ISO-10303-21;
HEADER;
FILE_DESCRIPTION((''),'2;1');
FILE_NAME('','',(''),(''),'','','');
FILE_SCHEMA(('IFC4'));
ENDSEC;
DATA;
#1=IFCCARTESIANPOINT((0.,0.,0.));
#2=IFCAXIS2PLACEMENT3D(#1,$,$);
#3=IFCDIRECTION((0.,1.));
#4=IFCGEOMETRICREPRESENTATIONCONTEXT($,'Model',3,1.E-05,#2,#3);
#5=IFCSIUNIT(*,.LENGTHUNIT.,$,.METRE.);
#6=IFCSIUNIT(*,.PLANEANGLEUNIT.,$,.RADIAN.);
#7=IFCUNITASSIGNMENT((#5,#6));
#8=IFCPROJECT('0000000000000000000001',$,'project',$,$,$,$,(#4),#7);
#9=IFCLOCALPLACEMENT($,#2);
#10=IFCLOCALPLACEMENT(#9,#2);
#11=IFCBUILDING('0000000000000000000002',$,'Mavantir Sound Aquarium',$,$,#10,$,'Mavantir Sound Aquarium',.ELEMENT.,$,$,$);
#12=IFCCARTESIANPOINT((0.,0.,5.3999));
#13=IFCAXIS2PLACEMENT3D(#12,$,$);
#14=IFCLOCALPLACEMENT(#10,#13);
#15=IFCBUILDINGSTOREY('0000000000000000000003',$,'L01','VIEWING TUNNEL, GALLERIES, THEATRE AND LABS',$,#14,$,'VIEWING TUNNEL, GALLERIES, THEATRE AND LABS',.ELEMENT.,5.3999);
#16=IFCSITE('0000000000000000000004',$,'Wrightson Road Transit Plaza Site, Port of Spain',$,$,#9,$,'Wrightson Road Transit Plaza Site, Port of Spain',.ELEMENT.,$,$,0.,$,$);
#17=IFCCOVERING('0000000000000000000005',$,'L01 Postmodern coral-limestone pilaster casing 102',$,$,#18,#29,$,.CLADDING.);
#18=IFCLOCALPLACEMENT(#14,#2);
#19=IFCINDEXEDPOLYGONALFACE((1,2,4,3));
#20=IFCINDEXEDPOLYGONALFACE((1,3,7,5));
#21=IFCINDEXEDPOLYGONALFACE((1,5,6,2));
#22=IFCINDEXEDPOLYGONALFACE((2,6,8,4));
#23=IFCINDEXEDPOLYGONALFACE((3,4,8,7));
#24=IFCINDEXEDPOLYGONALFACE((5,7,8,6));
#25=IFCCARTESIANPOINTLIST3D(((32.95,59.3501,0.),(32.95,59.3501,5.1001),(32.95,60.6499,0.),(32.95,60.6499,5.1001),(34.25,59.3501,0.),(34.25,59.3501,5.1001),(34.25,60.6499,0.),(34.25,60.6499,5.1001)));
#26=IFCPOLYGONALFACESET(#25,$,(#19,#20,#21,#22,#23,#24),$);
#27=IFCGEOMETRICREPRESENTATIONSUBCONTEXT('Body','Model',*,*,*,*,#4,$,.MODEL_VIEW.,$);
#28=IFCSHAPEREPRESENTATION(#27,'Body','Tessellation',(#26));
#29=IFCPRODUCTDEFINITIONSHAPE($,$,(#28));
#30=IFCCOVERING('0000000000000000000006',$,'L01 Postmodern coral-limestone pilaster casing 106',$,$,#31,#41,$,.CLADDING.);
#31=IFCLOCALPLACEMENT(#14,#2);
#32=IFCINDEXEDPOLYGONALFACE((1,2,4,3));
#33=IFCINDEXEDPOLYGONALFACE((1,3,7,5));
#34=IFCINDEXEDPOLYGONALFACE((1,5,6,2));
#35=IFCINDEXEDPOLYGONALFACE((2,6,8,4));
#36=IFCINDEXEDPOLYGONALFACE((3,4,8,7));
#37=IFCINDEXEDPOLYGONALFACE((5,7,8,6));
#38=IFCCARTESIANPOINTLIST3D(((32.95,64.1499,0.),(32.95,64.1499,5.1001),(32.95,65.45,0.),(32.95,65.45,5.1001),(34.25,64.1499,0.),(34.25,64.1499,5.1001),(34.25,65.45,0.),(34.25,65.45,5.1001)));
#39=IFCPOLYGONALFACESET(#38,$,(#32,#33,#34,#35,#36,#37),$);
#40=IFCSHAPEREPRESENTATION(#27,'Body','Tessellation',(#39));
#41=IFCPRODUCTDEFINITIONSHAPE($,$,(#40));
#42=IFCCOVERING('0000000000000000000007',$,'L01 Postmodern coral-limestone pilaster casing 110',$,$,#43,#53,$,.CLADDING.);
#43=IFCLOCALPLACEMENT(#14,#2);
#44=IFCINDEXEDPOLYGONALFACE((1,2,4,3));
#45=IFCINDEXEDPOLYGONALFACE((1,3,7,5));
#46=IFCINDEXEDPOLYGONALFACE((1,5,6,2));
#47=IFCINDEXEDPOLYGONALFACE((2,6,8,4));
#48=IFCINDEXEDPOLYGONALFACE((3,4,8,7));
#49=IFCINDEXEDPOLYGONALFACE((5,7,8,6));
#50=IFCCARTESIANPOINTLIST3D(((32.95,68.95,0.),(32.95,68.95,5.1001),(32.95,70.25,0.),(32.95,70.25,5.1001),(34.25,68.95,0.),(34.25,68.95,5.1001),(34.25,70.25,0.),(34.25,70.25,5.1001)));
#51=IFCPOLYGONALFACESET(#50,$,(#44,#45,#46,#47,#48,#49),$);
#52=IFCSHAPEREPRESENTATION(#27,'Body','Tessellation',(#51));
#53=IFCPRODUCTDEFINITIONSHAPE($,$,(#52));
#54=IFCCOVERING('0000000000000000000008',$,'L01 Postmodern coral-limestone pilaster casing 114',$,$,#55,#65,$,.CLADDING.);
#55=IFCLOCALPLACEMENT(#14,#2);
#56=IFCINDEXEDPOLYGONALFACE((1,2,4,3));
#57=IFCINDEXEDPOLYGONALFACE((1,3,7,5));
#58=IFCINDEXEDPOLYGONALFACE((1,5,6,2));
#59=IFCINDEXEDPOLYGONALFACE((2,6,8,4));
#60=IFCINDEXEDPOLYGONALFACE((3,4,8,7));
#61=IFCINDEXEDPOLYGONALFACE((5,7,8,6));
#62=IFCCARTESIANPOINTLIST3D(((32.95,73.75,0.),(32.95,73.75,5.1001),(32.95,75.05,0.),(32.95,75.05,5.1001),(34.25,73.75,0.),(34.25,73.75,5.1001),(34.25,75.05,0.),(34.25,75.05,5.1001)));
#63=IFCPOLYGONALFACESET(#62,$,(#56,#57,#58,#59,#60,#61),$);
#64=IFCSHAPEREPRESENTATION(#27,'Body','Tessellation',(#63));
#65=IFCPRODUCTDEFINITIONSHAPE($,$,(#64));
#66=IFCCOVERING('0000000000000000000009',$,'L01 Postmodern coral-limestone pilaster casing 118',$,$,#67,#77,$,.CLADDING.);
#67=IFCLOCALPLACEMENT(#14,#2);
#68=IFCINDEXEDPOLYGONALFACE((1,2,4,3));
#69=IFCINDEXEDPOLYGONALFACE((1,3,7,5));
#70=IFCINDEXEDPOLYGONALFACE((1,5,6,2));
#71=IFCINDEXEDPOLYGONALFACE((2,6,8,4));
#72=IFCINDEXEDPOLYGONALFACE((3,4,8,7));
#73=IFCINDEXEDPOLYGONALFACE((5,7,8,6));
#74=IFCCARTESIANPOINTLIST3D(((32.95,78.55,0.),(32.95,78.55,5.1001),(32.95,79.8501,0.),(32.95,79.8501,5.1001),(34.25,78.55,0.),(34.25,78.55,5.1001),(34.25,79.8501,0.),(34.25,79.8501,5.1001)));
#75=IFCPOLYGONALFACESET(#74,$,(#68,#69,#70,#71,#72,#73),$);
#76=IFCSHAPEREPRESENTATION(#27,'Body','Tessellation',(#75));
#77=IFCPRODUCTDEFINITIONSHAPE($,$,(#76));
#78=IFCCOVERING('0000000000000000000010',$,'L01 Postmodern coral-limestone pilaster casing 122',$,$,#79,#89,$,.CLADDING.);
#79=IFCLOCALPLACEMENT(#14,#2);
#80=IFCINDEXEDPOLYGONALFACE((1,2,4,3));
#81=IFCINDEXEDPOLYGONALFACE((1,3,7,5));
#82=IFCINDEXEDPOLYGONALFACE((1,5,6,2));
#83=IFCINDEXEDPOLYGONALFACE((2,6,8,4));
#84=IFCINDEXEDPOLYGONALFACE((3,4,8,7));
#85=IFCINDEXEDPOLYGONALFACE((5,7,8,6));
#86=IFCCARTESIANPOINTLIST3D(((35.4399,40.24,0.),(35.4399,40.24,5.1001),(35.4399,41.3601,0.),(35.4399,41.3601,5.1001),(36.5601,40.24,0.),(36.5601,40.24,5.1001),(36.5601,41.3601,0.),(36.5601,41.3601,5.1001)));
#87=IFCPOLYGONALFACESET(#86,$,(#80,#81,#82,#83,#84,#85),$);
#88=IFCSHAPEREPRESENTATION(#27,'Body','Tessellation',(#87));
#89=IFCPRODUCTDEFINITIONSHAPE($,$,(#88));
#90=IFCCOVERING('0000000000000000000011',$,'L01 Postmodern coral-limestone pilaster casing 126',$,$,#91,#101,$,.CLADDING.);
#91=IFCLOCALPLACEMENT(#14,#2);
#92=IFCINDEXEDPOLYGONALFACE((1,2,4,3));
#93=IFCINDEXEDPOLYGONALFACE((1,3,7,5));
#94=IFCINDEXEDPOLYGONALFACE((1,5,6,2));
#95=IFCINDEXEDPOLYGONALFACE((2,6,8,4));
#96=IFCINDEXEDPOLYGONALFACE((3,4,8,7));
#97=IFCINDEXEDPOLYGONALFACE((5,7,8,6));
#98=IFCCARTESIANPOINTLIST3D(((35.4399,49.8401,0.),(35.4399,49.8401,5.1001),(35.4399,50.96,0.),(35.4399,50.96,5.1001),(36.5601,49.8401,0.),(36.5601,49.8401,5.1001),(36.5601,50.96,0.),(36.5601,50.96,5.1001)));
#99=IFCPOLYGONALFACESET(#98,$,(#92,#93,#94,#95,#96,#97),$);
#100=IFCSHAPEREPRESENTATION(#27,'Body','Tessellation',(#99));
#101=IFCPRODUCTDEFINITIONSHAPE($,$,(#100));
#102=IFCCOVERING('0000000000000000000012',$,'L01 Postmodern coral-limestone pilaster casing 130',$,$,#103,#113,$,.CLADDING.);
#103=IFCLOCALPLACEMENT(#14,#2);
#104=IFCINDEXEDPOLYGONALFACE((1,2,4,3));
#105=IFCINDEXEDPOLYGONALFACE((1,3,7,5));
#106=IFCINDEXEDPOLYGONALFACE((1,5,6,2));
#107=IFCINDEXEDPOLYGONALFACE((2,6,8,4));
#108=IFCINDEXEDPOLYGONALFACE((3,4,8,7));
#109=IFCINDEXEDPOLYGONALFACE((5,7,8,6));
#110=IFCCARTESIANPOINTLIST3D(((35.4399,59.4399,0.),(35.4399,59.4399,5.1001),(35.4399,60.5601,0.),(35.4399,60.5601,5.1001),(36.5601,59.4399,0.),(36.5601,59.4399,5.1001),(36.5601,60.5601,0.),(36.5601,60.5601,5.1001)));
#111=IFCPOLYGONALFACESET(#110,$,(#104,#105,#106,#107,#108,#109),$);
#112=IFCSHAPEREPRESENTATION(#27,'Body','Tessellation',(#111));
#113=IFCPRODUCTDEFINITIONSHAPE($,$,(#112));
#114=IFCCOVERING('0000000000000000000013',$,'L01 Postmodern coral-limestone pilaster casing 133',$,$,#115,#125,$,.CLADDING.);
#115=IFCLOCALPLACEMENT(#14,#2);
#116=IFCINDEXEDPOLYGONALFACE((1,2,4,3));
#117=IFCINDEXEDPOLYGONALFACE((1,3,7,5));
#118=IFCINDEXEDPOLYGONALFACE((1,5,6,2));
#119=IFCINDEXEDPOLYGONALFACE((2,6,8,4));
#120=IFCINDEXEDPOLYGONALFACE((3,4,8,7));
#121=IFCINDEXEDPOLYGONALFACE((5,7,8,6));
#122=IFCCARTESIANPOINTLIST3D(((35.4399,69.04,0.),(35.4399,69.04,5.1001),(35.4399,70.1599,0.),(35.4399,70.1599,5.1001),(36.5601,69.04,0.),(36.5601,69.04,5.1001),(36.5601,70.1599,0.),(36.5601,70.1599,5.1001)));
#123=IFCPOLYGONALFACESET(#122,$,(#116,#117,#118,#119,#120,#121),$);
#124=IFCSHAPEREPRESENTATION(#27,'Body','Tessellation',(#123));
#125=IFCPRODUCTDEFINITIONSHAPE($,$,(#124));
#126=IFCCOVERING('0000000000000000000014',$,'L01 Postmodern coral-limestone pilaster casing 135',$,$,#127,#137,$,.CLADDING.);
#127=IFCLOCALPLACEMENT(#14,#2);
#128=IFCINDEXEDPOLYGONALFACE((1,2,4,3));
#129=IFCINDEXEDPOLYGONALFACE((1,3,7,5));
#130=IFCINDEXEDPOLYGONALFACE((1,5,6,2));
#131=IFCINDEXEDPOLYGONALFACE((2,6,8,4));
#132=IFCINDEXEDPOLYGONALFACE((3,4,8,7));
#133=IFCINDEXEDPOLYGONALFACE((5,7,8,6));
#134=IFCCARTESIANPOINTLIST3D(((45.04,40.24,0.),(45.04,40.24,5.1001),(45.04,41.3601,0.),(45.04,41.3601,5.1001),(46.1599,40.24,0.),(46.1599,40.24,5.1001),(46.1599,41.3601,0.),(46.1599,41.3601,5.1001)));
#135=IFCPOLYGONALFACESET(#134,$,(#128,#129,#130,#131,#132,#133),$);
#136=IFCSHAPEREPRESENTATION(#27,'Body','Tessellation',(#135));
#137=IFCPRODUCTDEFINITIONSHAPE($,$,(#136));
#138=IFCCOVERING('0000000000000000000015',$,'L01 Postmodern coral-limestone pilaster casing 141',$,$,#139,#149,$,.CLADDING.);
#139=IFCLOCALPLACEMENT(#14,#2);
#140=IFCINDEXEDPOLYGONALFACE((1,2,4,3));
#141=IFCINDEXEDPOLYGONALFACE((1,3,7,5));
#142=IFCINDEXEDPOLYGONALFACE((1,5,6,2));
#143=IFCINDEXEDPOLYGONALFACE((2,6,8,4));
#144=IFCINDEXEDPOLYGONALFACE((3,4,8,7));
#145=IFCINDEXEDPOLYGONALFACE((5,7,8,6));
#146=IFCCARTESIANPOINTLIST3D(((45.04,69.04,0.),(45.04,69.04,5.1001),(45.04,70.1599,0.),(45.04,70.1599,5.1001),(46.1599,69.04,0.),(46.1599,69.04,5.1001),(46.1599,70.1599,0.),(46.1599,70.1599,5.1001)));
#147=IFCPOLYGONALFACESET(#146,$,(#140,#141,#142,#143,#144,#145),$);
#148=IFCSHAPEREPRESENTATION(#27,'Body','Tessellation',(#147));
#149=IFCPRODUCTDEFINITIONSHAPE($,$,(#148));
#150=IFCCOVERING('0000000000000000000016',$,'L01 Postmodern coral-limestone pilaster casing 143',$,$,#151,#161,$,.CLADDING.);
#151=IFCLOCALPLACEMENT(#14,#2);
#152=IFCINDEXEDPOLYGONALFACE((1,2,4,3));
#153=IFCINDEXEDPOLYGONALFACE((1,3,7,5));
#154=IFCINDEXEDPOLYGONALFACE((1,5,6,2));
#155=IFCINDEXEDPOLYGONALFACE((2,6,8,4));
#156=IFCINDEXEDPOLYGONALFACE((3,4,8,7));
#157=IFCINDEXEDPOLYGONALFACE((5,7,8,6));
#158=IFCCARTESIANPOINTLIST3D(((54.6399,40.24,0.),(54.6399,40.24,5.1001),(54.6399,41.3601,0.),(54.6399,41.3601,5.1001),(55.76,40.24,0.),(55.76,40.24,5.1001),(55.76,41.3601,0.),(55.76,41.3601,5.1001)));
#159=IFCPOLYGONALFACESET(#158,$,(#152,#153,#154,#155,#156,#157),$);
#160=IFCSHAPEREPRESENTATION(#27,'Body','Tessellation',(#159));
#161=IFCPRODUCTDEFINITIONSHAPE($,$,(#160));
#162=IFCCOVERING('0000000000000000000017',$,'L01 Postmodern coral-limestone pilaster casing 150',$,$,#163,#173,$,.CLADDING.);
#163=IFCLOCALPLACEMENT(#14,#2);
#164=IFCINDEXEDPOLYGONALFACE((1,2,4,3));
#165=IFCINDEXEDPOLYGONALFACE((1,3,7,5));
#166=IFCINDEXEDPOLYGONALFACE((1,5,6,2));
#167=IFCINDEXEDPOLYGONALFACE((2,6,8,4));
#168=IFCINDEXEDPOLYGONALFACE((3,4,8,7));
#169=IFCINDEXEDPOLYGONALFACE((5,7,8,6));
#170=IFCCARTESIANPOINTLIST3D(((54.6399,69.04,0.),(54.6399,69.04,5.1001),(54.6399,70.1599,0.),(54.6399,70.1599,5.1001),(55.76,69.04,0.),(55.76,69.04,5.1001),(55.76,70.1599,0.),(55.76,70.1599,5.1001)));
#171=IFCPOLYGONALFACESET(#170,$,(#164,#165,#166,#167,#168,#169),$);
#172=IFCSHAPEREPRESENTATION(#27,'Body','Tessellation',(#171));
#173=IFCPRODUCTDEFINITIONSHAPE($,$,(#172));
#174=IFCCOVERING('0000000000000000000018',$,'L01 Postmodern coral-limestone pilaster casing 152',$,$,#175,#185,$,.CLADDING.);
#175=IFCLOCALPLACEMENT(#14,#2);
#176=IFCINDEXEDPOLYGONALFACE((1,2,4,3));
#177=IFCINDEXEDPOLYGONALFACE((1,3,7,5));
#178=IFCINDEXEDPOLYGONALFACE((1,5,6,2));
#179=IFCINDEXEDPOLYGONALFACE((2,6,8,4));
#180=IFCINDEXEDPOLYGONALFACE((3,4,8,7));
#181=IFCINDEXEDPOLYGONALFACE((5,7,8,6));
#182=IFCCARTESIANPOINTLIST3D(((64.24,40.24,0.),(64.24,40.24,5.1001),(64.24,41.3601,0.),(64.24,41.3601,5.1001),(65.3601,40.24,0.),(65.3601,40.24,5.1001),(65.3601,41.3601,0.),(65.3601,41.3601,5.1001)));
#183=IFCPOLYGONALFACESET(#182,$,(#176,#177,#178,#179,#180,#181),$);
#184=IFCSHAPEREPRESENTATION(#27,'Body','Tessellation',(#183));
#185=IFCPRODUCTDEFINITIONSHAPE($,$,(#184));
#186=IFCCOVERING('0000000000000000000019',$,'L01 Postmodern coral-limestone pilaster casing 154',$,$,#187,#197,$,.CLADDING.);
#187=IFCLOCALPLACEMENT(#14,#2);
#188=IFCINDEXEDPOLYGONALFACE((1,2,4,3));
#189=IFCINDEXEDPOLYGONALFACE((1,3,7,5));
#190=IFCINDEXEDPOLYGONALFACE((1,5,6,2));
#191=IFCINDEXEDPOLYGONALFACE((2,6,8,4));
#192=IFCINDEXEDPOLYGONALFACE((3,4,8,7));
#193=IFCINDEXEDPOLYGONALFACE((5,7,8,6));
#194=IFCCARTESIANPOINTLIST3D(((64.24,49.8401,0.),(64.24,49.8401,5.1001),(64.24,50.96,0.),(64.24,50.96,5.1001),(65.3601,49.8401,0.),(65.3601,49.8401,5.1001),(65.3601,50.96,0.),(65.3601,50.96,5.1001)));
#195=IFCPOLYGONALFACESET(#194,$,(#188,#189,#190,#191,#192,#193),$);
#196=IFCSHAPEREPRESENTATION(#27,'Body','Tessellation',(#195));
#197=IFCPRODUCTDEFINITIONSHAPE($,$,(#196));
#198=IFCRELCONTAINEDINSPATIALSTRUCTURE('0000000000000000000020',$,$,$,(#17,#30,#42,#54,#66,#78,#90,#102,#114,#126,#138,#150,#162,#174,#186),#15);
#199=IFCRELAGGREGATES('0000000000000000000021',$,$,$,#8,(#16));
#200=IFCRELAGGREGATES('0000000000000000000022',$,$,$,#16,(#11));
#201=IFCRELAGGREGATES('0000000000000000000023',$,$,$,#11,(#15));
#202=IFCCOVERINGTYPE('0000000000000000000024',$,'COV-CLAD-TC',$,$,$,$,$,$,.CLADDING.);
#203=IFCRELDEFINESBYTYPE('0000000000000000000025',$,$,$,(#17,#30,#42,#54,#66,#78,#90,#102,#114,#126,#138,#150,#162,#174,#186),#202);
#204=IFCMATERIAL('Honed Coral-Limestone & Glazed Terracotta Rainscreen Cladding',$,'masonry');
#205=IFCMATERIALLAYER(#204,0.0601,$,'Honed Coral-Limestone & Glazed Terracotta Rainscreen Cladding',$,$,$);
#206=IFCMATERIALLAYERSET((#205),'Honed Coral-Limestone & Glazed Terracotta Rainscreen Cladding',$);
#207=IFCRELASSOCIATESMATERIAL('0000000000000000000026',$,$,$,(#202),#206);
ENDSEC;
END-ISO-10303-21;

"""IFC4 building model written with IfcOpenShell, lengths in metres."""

from ifc_helpers import new_model, si_unit, direction, frame, origin, place, context, subcontext, project, spatial, polyline, outline, extrude, material, layer, layer_set, type_object, element, save


model = new_model("IFC4")

# Units and contexts
model_context = context("Model", 3, precision=1e-05, world=origin(), true_north=direction((0.0, 1.0)))
body_context = subcontext(model_context, "Body", "Model", "MODEL_VIEW")
ifc_project = project(units=[si_unit("LENGTHUNIT", "METRE"), si_unit("PLANEANGLEUNIT", "RADIAN")], contexts=[model_context])

# Site, building, storey
site_placement = place(None, origin())
site = spatial("IfcSite", under=ifc_project, at=site_placement, Name="Wrightson Road Transit Plaza Site, Port of Spain", LongName="Wrightson Road Transit Plaza Site, Port of Spain", CompositionType="ELEMENT", RefElevation=0.0)
building_placement = place(site_placement, origin())
building = spatial("IfcBuilding", under=site, at=building_placement, Name="Mavantir Sound Aquarium", LongName="Mavantir Sound Aquarium", CompositionType="ELEMENT")
storey_placement = place(building_placement, frame((0.0, 0.0, 5.3999)))
storey = spatial("IfcBuildingStorey", under=building, at=storey_placement, Name="L01", Description="VIEWING TUNNEL, GALLERIES, THEATRE AND LABS", LongName="VIEWING TUNNEL, GALLERIES, THEATRE AND LABS", CompositionType="ELEMENT", Elevation=5.3999)

# Coverings
ifc_material = material(Name="Honed Coral-Limestone & Glazed Terracotta Rainscreen Cladding", Category="masonry")
ifc_layer = layer(ifc_material, 0.0601, Name="Honed Coral-Limestone & Glazed Terracotta Rainscreen Cladding")
ifc_layer_set = layer_set([ifc_layer], Name="Honed Coral-Limestone & Glazed Terracotta Rainscreen Cladding")
covering_type = type_object("IfcCoveringType", Name="COV-CLAD-TC", PredefinedType="CLADDING", material=ifc_layer_set)
covering_1_placement = place(storey_placement, origin())
element("IfcCovering", 1, at=covering_1_placement, inside=storey, type_object=covering_type, Name="L01 Postmodern coral-limestone pilaster casing 102", PredefinedType="CLADDING", context=body_context, shape_type="SweptSolid", body=[
    extrude(outline(polyline([(32.95, 59.3501), (34.25, 59.3501), (34.25, 60.6499), (32.95, 60.6499), (32.95, 59.3501)])), origin(), (0.0, 0.0, 1.0), 5.1001),
])
covering_2_placement = place(storey_placement, origin())
element("IfcCovering", 2, at=covering_2_placement, inside=storey, type_object=covering_type, Name="L01 Postmodern coral-limestone pilaster casing 106", PredefinedType="CLADDING", context=body_context, shape_type="SweptSolid", body=[
    extrude(outline(polyline([(32.95, 64.1499), (34.25, 64.1499), (34.25, 65.45), (32.95, 65.45), (32.95, 64.1499)])), origin(), (0.0, 0.0, 1.0), 5.1001),
])
covering_3_placement = place(storey_placement, origin())
element("IfcCovering", 3, at=covering_3_placement, inside=storey, type_object=covering_type, Name="L01 Postmodern coral-limestone pilaster casing 110", PredefinedType="CLADDING", context=body_context, shape_type="SweptSolid", body=[
    extrude(outline(polyline([(32.95, 68.95), (34.25, 68.95), (34.25, 70.25), (32.95, 70.25), (32.95, 68.95)])), origin(), (0.0, 0.0, 1.0), 5.1001),
])
covering_4_placement = place(storey_placement, origin())
element("IfcCovering", 4, at=covering_4_placement, inside=storey, type_object=covering_type, Name="L01 Postmodern coral-limestone pilaster casing 114", PredefinedType="CLADDING", context=body_context, shape_type="SweptSolid", body=[
    extrude(outline(polyline([(32.95, 73.75), (34.25, 73.75), (34.25, 75.05), (32.95, 75.05), (32.95, 73.75)])), origin(), (0.0, 0.0, 1.0), 5.1001),
])
covering_5_placement = place(storey_placement, origin())
element("IfcCovering", 5, at=covering_5_placement, inside=storey, type_object=covering_type, Name="L01 Postmodern coral-limestone pilaster casing 118", PredefinedType="CLADDING", context=body_context, shape_type="SweptSolid", body=[
    extrude(outline(polyline([(32.95, 78.55), (34.25, 78.55), (34.25, 79.8501), (32.95, 79.8501), (32.95, 78.55)])), origin(), (0.0, 0.0, 1.0), 5.1001),
])
covering_6_placement = place(storey_placement, origin())
element("IfcCovering", 6, at=covering_6_placement, inside=storey, type_object=covering_type, Name="L01 Postmodern coral-limestone pilaster casing 122", PredefinedType="CLADDING", context=body_context, shape_type="SweptSolid", body=[
    extrude(outline(polyline([(35.4399, 40.24), (36.5601, 40.24), (36.5601, 41.3601), (35.4399, 41.3601), (35.4399, 40.24)])), origin(), (0.0, 0.0, 1.0), 5.1001),
])
covering_7_placement = place(storey_placement, origin())
element("IfcCovering", 7, at=covering_7_placement, inside=storey, type_object=covering_type, Name="L01 Postmodern coral-limestone pilaster casing 126", PredefinedType="CLADDING", context=body_context, shape_type="SweptSolid", body=[
    extrude(outline(polyline([(35.4399, 49.8401), (36.5601, 49.8401), (36.5601, 50.96), (35.4399, 50.96), (35.4399, 49.8401)])), origin(), (0.0, 0.0, 1.0), 5.1001),
])
covering_8_placement = place(storey_placement, origin())
element("IfcCovering", 8, at=covering_8_placement, inside=storey, type_object=covering_type, Name="L01 Postmodern coral-limestone pilaster casing 130", PredefinedType="CLADDING", context=body_context, shape_type="SweptSolid", body=[
    extrude(outline(polyline([(35.4399, 59.4399), (36.5601, 59.4399), (36.5601, 60.5601), (35.4399, 60.5601), (35.4399, 59.4399)])), origin(), (0.0, 0.0, 1.0), 5.1001),
])
covering_9_placement = place(storey_placement, origin())
element("IfcCovering", 9, at=covering_9_placement, inside=storey, type_object=covering_type, Name="L01 Postmodern coral-limestone pilaster casing 133", PredefinedType="CLADDING", context=body_context, shape_type="SweptSolid", body=[
    extrude(outline(polyline([(35.4399, 69.04), (36.5601, 69.04), (36.5601, 70.1599), (35.4399, 70.1599), (35.4399, 69.04)])), origin(), (0.0, 0.0, 1.0), 5.1001),
])
covering_10_placement = place(storey_placement, origin())
element("IfcCovering", 10, at=covering_10_placement, inside=storey, type_object=covering_type, Name="L01 Postmodern coral-limestone pilaster casing 135", PredefinedType="CLADDING", context=body_context, shape_type="SweptSolid", body=[
    extrude(outline(polyline([(45.04, 40.24), (46.1599, 40.24), (46.1599, 41.3601), (45.04, 41.3601), (45.04, 40.24)])), origin(), (0.0, 0.0, 1.0), 5.1001),
])
covering_11_placement = place(storey_placement, origin())
element("IfcCovering", 11, at=covering_11_placement, inside=storey, type_object=covering_type, Name="L01 Postmodern coral-limestone pilaster casing 141", PredefinedType="CLADDING", context=body_context, shape_type="SweptSolid", body=[
    extrude(outline(polyline([(45.04, 69.04), (46.1599, 69.04), (46.1599, 70.1599), (45.04, 70.1599), (45.04, 69.04)])), origin(), (0.0, 0.0, 1.0), 5.1001),
])
covering_12_placement = place(storey_placement, origin())
element("IfcCovering", 12, at=covering_12_placement, inside=storey, type_object=covering_type, Name="L01 Postmodern coral-limestone pilaster casing 143", PredefinedType="CLADDING", context=body_context, shape_type="SweptSolid", body=[
    extrude(outline(polyline([(54.6399, 40.24), (55.76, 40.24), (55.76, 41.3601), (54.6399, 41.3601), (54.6399, 40.24)])), origin(), (0.0, 0.0, 1.0), 5.1001),
])
covering_13_placement = place(storey_placement, origin())
element("IfcCovering", 13, at=covering_13_placement, inside=storey, type_object=covering_type, Name="L01 Postmodern coral-limestone pilaster casing 150", PredefinedType="CLADDING", context=body_context, shape_type="SweptSolid", body=[
    extrude(outline(polyline([(54.6399, 69.04), (55.76, 69.04), (55.76, 70.1599), (54.6399, 70.1599), (54.6399, 69.04)])), origin(), (0.0, 0.0, 1.0), 5.1001),
])
covering_14_placement = place(storey_placement, origin())
element("IfcCovering", 14, at=covering_14_placement, inside=storey, type_object=covering_type, Name="L01 Postmodern coral-limestone pilaster casing 152", PredefinedType="CLADDING", context=body_context, shape_type="SweptSolid", body=[
    extrude(outline(polyline([(64.24, 40.24), (65.3601, 40.24), (65.3601, 41.3601), (64.24, 41.3601), (64.24, 40.24)])), origin(), (0.0, 0.0, 1.0), 5.1001),
])
covering_15_placement = place(storey_placement, origin())
element("IfcCovering", 15, at=covering_15_placement, inside=storey, type_object=covering_type, Name="L01 Postmodern coral-limestone pilaster casing 154", PredefinedType="CLADDING", context=body_context, shape_type="SweptSolid", body=[
    extrude(outline(polyline([(64.24, 49.8401), (65.3601, 49.8401), (65.3601, 50.96), (64.24, 50.96), (64.24, 49.8401)])), origin(), (0.0, 0.0, 1.0), 5.1001),
])

save(model, "model.ifc")
